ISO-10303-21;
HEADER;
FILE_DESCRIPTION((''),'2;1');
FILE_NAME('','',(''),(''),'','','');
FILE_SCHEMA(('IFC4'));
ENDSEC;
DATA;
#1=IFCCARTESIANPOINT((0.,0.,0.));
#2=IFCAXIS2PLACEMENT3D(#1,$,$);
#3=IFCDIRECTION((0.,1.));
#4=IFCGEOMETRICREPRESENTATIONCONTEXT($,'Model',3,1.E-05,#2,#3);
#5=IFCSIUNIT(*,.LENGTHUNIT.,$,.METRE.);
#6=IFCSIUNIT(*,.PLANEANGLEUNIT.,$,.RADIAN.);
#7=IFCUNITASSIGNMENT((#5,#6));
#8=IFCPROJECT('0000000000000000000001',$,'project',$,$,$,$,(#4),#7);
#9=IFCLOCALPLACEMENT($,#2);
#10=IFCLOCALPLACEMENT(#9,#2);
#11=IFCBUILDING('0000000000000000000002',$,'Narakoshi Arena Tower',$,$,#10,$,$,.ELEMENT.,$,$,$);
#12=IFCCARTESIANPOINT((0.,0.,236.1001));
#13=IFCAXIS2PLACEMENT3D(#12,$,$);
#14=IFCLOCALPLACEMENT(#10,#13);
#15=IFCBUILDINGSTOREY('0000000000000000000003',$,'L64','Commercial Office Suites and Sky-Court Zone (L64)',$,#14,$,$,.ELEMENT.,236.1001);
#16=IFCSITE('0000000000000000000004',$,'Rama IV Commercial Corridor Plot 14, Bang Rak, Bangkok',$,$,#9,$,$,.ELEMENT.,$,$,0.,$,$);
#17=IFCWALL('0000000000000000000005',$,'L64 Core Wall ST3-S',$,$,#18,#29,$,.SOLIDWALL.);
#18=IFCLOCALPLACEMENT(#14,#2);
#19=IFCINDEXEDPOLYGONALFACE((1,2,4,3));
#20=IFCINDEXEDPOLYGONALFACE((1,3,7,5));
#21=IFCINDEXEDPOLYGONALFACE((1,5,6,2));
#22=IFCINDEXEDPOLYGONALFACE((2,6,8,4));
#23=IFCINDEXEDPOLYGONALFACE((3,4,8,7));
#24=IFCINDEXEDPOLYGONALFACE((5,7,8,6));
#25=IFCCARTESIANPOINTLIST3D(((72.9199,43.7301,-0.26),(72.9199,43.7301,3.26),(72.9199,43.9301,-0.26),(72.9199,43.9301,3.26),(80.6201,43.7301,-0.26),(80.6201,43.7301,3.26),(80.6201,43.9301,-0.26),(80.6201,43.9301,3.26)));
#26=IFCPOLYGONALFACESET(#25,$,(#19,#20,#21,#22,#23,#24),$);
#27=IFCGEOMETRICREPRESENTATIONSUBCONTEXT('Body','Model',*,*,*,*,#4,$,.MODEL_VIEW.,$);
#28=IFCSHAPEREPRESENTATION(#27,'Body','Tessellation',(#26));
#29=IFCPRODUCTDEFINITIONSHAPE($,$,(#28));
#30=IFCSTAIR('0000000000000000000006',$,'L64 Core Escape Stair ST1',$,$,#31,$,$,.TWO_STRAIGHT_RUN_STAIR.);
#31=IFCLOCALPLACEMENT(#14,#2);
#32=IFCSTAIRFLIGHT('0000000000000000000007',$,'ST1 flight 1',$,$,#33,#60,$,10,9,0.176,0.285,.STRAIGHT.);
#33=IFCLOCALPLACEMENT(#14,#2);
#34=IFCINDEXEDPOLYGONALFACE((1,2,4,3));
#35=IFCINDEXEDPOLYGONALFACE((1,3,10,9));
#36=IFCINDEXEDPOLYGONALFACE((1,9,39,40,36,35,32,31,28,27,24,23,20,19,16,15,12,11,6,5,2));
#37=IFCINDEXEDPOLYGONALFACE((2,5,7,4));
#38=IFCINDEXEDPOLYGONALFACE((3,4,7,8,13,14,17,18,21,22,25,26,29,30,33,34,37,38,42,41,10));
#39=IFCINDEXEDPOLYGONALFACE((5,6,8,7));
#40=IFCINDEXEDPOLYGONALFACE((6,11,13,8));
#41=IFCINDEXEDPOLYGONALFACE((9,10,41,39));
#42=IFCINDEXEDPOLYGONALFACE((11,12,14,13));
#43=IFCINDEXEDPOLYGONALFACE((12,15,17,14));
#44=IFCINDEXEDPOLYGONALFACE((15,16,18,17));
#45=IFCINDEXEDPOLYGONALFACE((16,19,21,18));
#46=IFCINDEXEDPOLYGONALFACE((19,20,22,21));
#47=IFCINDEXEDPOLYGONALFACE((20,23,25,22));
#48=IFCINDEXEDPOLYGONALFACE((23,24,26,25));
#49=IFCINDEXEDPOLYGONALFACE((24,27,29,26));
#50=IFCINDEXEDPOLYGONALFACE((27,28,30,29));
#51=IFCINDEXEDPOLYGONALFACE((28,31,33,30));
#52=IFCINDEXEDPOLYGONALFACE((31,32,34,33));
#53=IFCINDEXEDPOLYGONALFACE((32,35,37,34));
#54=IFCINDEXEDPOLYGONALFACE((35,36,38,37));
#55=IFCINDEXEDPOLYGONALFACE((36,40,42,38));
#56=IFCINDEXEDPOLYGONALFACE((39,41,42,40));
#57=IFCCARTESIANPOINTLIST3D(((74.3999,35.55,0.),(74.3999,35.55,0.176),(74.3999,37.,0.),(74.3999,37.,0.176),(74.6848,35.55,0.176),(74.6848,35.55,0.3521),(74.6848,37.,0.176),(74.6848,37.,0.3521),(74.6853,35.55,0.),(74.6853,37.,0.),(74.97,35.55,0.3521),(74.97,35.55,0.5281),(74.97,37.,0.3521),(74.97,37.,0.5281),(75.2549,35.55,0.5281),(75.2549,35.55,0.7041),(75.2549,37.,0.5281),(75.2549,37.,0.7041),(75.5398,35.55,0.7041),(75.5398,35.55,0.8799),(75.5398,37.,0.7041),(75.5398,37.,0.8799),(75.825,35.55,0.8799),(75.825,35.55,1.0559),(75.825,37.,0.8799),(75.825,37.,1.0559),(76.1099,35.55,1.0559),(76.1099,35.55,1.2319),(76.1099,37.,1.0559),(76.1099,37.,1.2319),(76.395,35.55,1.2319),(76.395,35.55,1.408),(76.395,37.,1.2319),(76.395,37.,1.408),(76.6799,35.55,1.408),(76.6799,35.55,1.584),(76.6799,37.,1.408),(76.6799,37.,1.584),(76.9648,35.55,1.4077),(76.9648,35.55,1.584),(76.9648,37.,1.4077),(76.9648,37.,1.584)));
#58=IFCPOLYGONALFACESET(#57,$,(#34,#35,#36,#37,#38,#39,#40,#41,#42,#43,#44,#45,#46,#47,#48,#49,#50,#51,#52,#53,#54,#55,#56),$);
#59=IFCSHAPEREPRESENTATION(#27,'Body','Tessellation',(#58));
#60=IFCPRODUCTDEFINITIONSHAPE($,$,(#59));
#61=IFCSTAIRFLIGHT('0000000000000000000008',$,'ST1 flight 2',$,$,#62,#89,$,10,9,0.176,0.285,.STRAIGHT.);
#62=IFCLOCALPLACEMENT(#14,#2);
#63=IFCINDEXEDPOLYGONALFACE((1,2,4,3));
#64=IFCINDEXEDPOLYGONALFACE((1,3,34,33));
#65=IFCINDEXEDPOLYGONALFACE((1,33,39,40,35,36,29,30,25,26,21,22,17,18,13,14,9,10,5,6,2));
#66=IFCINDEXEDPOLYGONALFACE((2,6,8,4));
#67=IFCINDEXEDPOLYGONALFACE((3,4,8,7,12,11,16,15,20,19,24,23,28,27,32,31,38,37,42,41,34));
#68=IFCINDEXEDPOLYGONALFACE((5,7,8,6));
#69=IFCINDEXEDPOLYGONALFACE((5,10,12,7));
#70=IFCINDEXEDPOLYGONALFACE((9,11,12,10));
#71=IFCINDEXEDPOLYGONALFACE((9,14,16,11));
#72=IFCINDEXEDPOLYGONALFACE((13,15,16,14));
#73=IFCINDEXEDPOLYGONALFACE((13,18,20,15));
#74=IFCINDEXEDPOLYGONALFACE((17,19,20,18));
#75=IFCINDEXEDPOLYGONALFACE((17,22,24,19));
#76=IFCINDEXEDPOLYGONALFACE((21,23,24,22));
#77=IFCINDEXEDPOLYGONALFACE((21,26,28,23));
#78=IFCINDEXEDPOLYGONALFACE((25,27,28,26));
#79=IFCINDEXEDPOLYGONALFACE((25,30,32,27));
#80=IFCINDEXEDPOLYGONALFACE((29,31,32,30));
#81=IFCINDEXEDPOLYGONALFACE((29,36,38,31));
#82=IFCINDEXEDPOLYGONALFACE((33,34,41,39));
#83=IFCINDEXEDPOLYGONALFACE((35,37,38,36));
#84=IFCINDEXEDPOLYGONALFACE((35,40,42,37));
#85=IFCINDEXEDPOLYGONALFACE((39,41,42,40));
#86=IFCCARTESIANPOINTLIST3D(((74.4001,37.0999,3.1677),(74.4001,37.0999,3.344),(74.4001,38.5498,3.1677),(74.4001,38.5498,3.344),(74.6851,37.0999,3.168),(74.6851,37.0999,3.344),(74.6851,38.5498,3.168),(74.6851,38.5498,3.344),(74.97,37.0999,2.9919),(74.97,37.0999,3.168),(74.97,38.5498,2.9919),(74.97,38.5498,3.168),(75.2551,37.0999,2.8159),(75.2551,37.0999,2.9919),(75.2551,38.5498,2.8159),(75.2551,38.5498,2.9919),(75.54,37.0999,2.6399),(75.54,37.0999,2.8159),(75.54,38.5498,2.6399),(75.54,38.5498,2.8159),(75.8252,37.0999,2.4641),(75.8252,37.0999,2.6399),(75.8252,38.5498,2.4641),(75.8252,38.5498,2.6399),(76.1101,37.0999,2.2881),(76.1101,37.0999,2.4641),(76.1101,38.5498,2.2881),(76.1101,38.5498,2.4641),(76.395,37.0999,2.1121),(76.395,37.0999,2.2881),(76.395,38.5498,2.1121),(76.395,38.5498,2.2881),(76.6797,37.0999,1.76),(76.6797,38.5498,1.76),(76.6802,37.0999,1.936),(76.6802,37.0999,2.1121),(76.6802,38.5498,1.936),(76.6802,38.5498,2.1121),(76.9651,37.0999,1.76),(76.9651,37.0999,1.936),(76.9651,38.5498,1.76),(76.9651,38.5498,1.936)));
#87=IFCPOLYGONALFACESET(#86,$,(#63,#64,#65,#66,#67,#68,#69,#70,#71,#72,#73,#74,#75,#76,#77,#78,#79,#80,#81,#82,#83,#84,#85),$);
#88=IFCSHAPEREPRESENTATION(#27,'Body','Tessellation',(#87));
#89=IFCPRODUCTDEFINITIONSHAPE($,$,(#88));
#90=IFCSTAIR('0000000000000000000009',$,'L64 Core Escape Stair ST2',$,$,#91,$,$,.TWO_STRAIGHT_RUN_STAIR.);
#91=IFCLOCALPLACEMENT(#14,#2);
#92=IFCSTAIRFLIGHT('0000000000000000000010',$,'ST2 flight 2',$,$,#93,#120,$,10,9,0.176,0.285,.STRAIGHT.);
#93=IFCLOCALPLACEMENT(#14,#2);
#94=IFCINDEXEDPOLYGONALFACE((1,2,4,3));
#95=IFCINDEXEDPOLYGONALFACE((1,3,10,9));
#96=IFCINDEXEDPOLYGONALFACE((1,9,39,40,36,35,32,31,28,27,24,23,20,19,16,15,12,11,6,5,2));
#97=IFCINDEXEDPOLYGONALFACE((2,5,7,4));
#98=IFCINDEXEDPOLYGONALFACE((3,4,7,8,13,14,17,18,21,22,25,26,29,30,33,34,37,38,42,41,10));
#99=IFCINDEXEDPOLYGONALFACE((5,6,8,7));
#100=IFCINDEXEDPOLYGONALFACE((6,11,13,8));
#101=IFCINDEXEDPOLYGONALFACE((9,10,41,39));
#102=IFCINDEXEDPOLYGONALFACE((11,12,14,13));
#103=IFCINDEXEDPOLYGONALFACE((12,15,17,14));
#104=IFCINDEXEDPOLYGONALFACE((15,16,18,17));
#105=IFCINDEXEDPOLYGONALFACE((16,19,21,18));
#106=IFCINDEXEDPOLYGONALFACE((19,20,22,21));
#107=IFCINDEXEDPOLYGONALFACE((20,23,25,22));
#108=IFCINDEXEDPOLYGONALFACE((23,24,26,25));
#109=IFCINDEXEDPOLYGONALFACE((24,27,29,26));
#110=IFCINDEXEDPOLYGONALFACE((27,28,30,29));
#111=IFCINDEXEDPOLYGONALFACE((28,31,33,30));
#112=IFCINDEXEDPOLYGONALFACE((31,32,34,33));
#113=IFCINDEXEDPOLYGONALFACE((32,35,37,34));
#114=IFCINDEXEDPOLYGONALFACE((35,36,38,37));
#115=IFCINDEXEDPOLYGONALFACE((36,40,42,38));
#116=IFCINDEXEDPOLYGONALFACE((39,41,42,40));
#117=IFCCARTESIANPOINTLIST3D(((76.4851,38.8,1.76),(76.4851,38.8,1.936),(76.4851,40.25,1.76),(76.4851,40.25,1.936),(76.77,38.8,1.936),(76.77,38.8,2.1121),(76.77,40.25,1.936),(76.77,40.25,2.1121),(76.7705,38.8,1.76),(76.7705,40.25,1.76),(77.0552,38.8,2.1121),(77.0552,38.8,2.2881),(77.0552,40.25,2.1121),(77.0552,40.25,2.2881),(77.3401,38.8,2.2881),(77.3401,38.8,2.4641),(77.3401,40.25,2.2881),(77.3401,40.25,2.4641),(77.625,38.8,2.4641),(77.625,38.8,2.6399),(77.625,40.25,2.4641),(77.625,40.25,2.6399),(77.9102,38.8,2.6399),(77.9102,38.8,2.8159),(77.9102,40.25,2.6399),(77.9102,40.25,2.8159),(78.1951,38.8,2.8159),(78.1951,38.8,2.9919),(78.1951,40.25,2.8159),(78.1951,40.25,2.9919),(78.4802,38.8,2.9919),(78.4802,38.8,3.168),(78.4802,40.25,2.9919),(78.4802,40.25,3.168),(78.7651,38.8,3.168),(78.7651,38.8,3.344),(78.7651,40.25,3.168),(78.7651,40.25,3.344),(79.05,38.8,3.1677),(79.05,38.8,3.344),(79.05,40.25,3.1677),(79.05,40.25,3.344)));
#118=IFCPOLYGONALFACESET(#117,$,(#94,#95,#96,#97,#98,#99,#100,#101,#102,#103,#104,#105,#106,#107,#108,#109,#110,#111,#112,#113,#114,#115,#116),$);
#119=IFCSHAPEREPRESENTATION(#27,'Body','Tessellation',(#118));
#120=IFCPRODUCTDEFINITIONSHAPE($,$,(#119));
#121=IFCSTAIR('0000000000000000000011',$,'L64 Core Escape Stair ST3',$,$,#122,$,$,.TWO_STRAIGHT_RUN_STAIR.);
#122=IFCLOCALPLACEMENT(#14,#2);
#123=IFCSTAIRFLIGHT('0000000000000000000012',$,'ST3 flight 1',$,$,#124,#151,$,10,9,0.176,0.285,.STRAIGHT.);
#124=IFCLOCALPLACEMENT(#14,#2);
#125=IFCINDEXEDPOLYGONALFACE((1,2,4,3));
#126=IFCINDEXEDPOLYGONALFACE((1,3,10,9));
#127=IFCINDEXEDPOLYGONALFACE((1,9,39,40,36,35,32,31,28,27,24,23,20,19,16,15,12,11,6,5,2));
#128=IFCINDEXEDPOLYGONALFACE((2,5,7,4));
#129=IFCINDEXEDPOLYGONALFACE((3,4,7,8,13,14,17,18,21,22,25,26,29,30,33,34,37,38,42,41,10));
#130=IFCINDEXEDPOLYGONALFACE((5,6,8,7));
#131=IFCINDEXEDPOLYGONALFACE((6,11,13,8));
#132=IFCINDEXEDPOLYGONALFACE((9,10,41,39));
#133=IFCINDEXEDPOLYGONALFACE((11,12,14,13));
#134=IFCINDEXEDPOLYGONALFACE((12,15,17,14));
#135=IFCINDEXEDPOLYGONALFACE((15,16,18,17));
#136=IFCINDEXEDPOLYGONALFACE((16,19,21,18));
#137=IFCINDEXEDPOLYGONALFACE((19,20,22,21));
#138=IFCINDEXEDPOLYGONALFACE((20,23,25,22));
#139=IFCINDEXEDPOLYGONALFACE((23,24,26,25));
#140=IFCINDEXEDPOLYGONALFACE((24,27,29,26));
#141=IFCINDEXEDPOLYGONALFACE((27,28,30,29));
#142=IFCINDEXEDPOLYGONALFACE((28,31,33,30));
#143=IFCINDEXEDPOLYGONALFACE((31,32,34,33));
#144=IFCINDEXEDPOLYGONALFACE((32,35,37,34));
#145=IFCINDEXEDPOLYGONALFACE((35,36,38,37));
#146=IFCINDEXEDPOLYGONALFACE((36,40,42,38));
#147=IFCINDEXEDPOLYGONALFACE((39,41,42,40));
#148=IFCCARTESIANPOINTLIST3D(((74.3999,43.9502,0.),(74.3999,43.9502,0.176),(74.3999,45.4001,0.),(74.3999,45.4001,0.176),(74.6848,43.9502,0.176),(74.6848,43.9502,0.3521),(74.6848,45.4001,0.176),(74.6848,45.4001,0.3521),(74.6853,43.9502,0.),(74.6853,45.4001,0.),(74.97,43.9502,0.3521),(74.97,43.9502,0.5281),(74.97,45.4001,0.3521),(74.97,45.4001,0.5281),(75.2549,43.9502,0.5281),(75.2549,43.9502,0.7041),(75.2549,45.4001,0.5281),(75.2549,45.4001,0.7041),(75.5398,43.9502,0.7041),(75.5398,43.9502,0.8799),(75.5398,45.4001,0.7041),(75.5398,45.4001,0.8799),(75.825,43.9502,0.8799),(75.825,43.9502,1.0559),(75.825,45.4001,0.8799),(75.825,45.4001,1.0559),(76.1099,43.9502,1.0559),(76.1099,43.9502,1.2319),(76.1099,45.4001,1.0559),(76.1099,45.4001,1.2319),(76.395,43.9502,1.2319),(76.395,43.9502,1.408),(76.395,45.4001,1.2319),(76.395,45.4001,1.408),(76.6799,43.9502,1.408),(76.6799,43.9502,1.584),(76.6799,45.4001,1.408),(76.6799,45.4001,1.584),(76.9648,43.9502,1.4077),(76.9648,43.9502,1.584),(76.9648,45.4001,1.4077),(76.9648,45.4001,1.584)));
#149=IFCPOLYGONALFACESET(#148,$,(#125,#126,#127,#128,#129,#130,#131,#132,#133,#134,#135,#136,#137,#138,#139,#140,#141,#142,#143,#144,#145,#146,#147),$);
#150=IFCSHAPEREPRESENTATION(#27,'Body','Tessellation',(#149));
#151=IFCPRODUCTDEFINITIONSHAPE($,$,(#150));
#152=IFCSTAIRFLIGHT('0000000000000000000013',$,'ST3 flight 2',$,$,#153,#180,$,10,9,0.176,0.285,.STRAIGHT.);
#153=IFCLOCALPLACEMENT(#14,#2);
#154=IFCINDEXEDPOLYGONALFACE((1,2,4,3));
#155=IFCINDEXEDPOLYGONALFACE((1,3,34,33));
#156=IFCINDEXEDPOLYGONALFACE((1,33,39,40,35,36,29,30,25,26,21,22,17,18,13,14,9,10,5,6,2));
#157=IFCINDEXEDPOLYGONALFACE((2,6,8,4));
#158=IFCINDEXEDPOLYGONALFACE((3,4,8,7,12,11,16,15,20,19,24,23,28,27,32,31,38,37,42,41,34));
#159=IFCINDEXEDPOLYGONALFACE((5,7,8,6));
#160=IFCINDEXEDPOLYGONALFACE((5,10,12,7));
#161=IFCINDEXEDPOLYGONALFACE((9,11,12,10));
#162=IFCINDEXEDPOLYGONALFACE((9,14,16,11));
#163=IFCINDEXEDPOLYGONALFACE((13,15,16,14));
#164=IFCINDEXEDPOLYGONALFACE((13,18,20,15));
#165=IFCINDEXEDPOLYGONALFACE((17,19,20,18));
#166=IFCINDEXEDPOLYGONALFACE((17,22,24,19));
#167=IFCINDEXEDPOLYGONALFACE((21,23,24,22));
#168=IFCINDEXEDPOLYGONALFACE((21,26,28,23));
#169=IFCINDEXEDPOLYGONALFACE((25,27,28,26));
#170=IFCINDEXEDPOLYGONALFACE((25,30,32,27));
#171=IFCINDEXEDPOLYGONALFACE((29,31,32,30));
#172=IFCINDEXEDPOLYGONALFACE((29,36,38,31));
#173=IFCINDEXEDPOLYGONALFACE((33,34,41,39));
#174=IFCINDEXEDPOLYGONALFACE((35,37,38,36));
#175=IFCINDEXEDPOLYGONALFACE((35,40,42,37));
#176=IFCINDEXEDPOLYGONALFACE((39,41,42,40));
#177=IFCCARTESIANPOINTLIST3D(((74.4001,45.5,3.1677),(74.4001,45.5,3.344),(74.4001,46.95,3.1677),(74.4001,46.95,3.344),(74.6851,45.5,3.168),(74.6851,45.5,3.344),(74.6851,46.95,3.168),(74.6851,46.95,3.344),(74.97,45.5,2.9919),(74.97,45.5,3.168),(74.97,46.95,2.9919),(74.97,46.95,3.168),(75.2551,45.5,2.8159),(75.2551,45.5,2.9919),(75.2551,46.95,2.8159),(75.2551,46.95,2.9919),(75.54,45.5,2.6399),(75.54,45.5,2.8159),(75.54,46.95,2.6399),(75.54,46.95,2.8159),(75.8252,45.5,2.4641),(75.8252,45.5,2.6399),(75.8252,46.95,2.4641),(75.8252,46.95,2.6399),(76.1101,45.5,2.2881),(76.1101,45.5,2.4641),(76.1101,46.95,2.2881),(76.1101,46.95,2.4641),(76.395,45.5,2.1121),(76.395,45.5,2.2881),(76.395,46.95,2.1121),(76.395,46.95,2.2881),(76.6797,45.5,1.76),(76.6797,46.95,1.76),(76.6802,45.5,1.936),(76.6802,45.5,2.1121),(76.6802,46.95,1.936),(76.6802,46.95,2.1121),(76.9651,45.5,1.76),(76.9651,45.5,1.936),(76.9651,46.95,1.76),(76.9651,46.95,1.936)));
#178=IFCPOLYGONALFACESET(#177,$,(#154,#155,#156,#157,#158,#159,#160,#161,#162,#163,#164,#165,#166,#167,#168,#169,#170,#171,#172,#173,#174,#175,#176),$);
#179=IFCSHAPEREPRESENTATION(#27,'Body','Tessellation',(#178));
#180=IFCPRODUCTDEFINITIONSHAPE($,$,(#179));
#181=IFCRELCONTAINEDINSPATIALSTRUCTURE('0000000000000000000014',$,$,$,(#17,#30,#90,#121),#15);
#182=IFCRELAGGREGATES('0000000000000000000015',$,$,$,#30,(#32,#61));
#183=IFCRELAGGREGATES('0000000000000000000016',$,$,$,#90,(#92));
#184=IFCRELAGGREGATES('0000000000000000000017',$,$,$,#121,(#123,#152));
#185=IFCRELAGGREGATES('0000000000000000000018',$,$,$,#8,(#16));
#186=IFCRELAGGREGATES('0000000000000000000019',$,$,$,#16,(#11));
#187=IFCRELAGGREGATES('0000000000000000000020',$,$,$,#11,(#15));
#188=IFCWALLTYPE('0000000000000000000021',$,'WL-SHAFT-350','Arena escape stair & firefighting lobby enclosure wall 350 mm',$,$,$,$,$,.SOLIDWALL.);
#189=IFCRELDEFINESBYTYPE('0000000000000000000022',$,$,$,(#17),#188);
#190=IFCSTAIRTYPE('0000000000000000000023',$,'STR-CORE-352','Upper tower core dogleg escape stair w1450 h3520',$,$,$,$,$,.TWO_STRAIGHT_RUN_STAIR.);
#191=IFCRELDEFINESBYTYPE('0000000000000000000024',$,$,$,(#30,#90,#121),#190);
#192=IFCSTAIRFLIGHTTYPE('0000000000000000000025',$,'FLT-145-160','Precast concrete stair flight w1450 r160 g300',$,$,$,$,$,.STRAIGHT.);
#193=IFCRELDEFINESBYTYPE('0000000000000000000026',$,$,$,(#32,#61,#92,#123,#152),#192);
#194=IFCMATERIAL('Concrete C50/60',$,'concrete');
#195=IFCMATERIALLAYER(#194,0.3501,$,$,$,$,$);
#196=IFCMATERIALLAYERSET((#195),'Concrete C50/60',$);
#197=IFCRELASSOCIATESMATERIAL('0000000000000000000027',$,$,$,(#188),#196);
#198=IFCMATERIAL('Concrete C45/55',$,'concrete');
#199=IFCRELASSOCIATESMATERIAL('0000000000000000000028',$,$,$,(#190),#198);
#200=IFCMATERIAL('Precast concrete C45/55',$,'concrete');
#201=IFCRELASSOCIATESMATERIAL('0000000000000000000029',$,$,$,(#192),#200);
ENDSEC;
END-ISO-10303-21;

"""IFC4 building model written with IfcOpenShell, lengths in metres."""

from ifc_helpers import new_model, si_unit, direction, frame, frame_2d, origin, place, context, subcontext, project, spatial, polyline, rectangle, outline, extrude, material, layer, layer_set, type_object, element, aggregate, save


model = new_model("IFC4")

# Units and contexts
model_context = context("Model", 3, precision=1e-05, world=origin(), true_north=direction((0.0, 1.0)))
body_context = subcontext(model_context, "Body", "Model", "MODEL_VIEW")
ifc_project = project(units=[si_unit("LENGTHUNIT", "METRE"), si_unit("PLANEANGLEUNIT", "RADIAN")], contexts=[model_context])

# Site, building, storey
site_placement = place(None, origin())
site = spatial("IfcSite", under=ifc_project, at=site_placement, Name="Rama IV Commercial Corridor Plot 14, Bang Rak, Bangkok", CompositionType="ELEMENT", RefElevation=0.0)
building_placement = place(site_placement, origin())
building = spatial("IfcBuilding", under=site, at=building_placement, Name="Narakoshi Arena Tower", CompositionType="ELEMENT")
storey_placement = place(building_placement, frame((0.0, 0.0, 236.1001)))
storey = spatial("IfcBuildingStorey", under=building, at=storey_placement, Name="L64", Description="Commercial Office Suites and Sky-Court Zone (L64)", CompositionType="ELEMENT", Elevation=236.1001)

# Shared definitions
ifc_material_1 = material(Name="Concrete C50/60", Category="concrete")

# Shared definitions
ifc_material_2 = material(Name="Precast concrete C45/55", Category="concrete")

# Wall
ifc_layer_1 = layer(ifc_material_1, 0.3501)
ifc_layer_set_1 = layer_set([ifc_layer_1], Name="Concrete C50/60")
wall_type_1 = type_object("IfcWallType", Name="WL-SHAFT-350", Description="Arena escape stair & firefighting lobby enclosure wall 350 mm", PredefinedType="SOLIDWALL", material=ifc_layer_set_1)
wall_1_placement = place(storey_placement, frame((72.9199, 43.8301, -0.26), z_axis=(0.0, 0.0, 1.0), x_axis=(1.0, 0.0, 0.0)))
element("IfcWall", 1, at=wall_1_placement, inside=storey, type_object=wall_type_1, Name="L64 Core Wall ST3-S", PredefinedType="SOLIDWALL", context=body_context, shape_type="SweptSolid", body=[
    extrude(rectangle(XDim=7.7002, YDim=0.2, at=frame_2d((3.8501, 0.0))), origin(), (0.0, 0.0, 1.0), 3.52),
])

# Stair, stair flights
ifc_material_3 = material(Name="Concrete C45/55", Category="concrete")
stair_type = type_object("IfcStairType", Name="STR-CORE-352", Description="Upper tower core dogleg escape stair w1450 h3520", PredefinedType="TWO_STRAIGHT_RUN_STAIR", material=ifc_material_3)
stair_1_placement = place(storey_placement, origin())
stair_1 = element("IfcStair", 2, at=stair_1_placement, inside=storey, type_object=stair_type, Name="L64 Core Escape Stair ST1", PredefinedType="TWO_STRAIGHT_RUN_STAIR")
stair_flight_type = type_object("IfcStairFlightType", Name="FLT-145-160", Description="Precast concrete stair flight w1450 r160 g300", PredefinedType="STRAIGHT", material=ifc_material_2)
stair_flight_1_placement = place(storey_placement, frame((74.3999, 36.2749, 0.0), z_axis=(0.0, 0.0, 1.0), x_axis=(1.0, 0.0, 0.0)))
stair_flight_1 = element("IfcStairFlight", 3, at=stair_flight_1_placement, type_object=stair_flight_type, Name="ST1 flight 1", NumberOfRisers=10, NumberOfTreads=9, PredefinedType="STRAIGHT", RiserHeight=0.176, TreadLength=0.285, context=body_context, shape_type="SweptSolid", body=[
    extrude(outline(polyline([(0.0, 0.0), (0.0, 0.176), (0.2849, 0.176), (0.2849, 0.3521), (0.5701, 0.3521), (0.5701, 0.5281), (0.855, 0.5281), (0.855, 0.7041), (1.1399, 0.7041), (1.1399, 0.8799), (1.425, 0.8799), (1.425, 1.0559), (1.71, 1.0559), (1.71, 1.2319), (1.9951, 1.2319), (1.9951, 1.408), (2.28, 1.408), (2.28, 1.584), (2.5649, 1.584), (2.5649, 1.76), (2.5649, 1.4077), (0.2854, 0.0), (0.0, 0.0)])), frame((0.0, 0.7251, 0.0), z_axis=(0.0, -1.0, 0.0), x_axis=(1.0, 0.0, 0.0)), (0.0, 0.0, 1.0), 1.45),
])
stair_flight_2_placement = place(storey_placement, frame((76.9651, 37.825, 1.76), z_axis=(0.0, 0.0, 1.0), x_axis=(-1.0, 0.0, 0.0)))
stair_flight_2 = element("IfcStairFlight", 4, at=stair_flight_2_placement, type_object=stair_flight_type, Name="ST1 flight 2", NumberOfRisers=10, NumberOfTreads=9, PredefinedType="STRAIGHT", RiserHeight=0.176, TreadLength=0.285, context=body_context, shape_type="SweptSolid", body=[
    extrude(outline(polyline([(0.0, 0.0), (0.0, 0.176), (0.2849, 0.176), (0.2849, 0.3521), (0.5701, 0.3521), (0.5701, 0.5281), (0.855, 0.5281), (0.855, 0.7041), (1.1399, 0.7041), (1.1399, 0.8799), (1.425, 0.8799), (1.425, 1.0559), (1.71, 1.0559), (1.71, 1.2319), (1.9951, 1.2319), (1.9951, 1.408), (2.28, 1.408), (2.28, 1.584), (2.5649, 1.584), (2.5649, 1.76), (2.5649, 1.4077), (0.2854, 0.0), (0.0, 0.0)])), frame((0.0, 0.7251, 0.0), z_axis=(0.0, -1.0, 0.0), x_axis=(1.0, 0.0, 0.0)), (0.0, 0.0, 1.0), 1.45),
])
aggregate(stair_1, [stair_flight_1, stair_flight_2])

# Stair, stair flight
stair_2_placement = place(storey_placement, origin())
stair_2 = element("IfcStair", 5, at=stair_2_placement, inside=storey, type_object=stair_type, Name="L64 Core Escape Stair ST2", PredefinedType="TWO_STRAIGHT_RUN_STAIR")
stair_flight_3_placement = place(storey_placement, frame((76.4851, 39.5249, 1.76), z_axis=(0.0, 0.0, 1.0), x_axis=(1.0, 0.0, 0.0)))
stair_flight_3 = element("IfcStairFlight", 6, at=stair_flight_3_placement, type_object=stair_flight_type, Name="ST2 flight 2", NumberOfRisers=10, NumberOfTreads=9, PredefinedType="STRAIGHT", RiserHeight=0.176, TreadLength=0.285, context=body_context, shape_type="SweptSolid", body=[
    extrude(outline(polyline([(0.0, 0.0), (0.0, 0.176), (0.2849, 0.176), (0.2849, 0.3521), (0.5701, 0.3521), (0.5701, 0.5281), (0.855, 0.5281), (0.855, 0.7041), (1.1399, 0.7041), (1.1399, 0.8799), (1.425, 0.8799), (1.425, 1.0559), (1.71, 1.0559), (1.71, 1.2319), (1.9951, 1.2319), (1.9951, 1.408), (2.28, 1.408), (2.28, 1.584), (2.5649, 1.584), (2.5649, 1.76), (2.5649, 1.4077), (0.2854, 0.0), (0.0, 0.0)])), frame((0.0, 0.7251, 0.0), z_axis=(0.0, -1.0, 0.0), x_axis=(1.0, 0.0, 0.0)), (0.0, 0.0, 1.0), 1.45),
])
aggregate(stair_2, [stair_flight_3])

# Stair, stair flights
stair_3_placement = place(storey_placement, origin())
stair_3 = element("IfcStair", 7, at=stair_3_placement, inside=storey, type_object=stair_type, Name="L64 Core Escape Stair ST3", PredefinedType="TWO_STRAIGHT_RUN_STAIR")
stair_flight_4_placement = place(storey_placement, frame((74.3999, 44.675, 0.0), z_axis=(0.0, 0.0, 1.0), x_axis=(1.0, 0.0, 0.0)))
stair_flight_4 = element("IfcStairFlight", 8, at=stair_flight_4_placement, type_object=stair_flight_type, Name="ST3 flight 1", NumberOfRisers=10, NumberOfTreads=9, PredefinedType="STRAIGHT", RiserHeight=0.176, TreadLength=0.285, context=body_context, shape_type="SweptSolid", body=[
    extrude(outline(polyline([(0.0, 0.0), (0.0, 0.176), (0.2849, 0.176), (0.2849, 0.3521), (0.5701, 0.3521), (0.5701, 0.5281), (0.855, 0.5281), (0.855, 0.7041), (1.1399, 0.7041), (1.1399, 0.8799), (1.425, 0.8799), (1.425, 1.0559), (1.71, 1.0559), (1.71, 1.2319), (1.9951, 1.2319), (1.9951, 1.408), (2.28, 1.408), (2.28, 1.584), (2.5649, 1.584), (2.5649, 1.76), (2.5649, 1.4077), (0.2854, 0.0), (0.0, 0.0)])), frame((0.0, 0.7251, 0.0), z_axis=(0.0, -1.0, 0.0), x_axis=(1.0, 0.0, 0.0)), (0.0, 0.0, 1.0), 1.45),
])
stair_flight_5_placement = place(storey_placement, frame((76.9651, 46.2251, 1.76), z_axis=(0.0, 0.0, 1.0), x_axis=(-1.0, 0.0, 0.0)))
stair_flight_5 = element("IfcStairFlight", 9, at=stair_flight_5_placement, type_object=stair_flight_type, Name="ST3 flight 2", NumberOfRisers=10, NumberOfTreads=9, PredefinedType="STRAIGHT", RiserHeight=0.176, TreadLength=0.285, context=body_context, shape_type="SweptSolid", body=[
    extrude(outline(polyline([(0.0, 0.0), (0.0, 0.176), (0.2849, 0.176), (0.2849, 0.3521), (0.5701, 0.3521), (0.5701, 0.5281), (0.855, 0.5281), (0.855, 0.7041), (1.1399, 0.7041), (1.1399, 0.8799), (1.425, 0.8799), (1.425, 1.0559), (1.71, 1.0559), (1.71, 1.2319), (1.9951, 1.2319), (1.9951, 1.408), (2.28, 1.408), (2.28, 1.584), (2.5649, 1.584), (2.5649, 1.76), (2.5649, 1.4077), (0.2854, 0.0), (0.0, 0.0)])), frame((0.0, 0.7251, 0.0), z_axis=(0.0, -1.0, 0.0), x_axis=(1.0, 0.0, 0.0)), (0.0, 0.0, 1.0), 1.45),
])
aggregate(stair_3, [stair_flight_4, stair_flight_5])

save(model, "model.ifc")
